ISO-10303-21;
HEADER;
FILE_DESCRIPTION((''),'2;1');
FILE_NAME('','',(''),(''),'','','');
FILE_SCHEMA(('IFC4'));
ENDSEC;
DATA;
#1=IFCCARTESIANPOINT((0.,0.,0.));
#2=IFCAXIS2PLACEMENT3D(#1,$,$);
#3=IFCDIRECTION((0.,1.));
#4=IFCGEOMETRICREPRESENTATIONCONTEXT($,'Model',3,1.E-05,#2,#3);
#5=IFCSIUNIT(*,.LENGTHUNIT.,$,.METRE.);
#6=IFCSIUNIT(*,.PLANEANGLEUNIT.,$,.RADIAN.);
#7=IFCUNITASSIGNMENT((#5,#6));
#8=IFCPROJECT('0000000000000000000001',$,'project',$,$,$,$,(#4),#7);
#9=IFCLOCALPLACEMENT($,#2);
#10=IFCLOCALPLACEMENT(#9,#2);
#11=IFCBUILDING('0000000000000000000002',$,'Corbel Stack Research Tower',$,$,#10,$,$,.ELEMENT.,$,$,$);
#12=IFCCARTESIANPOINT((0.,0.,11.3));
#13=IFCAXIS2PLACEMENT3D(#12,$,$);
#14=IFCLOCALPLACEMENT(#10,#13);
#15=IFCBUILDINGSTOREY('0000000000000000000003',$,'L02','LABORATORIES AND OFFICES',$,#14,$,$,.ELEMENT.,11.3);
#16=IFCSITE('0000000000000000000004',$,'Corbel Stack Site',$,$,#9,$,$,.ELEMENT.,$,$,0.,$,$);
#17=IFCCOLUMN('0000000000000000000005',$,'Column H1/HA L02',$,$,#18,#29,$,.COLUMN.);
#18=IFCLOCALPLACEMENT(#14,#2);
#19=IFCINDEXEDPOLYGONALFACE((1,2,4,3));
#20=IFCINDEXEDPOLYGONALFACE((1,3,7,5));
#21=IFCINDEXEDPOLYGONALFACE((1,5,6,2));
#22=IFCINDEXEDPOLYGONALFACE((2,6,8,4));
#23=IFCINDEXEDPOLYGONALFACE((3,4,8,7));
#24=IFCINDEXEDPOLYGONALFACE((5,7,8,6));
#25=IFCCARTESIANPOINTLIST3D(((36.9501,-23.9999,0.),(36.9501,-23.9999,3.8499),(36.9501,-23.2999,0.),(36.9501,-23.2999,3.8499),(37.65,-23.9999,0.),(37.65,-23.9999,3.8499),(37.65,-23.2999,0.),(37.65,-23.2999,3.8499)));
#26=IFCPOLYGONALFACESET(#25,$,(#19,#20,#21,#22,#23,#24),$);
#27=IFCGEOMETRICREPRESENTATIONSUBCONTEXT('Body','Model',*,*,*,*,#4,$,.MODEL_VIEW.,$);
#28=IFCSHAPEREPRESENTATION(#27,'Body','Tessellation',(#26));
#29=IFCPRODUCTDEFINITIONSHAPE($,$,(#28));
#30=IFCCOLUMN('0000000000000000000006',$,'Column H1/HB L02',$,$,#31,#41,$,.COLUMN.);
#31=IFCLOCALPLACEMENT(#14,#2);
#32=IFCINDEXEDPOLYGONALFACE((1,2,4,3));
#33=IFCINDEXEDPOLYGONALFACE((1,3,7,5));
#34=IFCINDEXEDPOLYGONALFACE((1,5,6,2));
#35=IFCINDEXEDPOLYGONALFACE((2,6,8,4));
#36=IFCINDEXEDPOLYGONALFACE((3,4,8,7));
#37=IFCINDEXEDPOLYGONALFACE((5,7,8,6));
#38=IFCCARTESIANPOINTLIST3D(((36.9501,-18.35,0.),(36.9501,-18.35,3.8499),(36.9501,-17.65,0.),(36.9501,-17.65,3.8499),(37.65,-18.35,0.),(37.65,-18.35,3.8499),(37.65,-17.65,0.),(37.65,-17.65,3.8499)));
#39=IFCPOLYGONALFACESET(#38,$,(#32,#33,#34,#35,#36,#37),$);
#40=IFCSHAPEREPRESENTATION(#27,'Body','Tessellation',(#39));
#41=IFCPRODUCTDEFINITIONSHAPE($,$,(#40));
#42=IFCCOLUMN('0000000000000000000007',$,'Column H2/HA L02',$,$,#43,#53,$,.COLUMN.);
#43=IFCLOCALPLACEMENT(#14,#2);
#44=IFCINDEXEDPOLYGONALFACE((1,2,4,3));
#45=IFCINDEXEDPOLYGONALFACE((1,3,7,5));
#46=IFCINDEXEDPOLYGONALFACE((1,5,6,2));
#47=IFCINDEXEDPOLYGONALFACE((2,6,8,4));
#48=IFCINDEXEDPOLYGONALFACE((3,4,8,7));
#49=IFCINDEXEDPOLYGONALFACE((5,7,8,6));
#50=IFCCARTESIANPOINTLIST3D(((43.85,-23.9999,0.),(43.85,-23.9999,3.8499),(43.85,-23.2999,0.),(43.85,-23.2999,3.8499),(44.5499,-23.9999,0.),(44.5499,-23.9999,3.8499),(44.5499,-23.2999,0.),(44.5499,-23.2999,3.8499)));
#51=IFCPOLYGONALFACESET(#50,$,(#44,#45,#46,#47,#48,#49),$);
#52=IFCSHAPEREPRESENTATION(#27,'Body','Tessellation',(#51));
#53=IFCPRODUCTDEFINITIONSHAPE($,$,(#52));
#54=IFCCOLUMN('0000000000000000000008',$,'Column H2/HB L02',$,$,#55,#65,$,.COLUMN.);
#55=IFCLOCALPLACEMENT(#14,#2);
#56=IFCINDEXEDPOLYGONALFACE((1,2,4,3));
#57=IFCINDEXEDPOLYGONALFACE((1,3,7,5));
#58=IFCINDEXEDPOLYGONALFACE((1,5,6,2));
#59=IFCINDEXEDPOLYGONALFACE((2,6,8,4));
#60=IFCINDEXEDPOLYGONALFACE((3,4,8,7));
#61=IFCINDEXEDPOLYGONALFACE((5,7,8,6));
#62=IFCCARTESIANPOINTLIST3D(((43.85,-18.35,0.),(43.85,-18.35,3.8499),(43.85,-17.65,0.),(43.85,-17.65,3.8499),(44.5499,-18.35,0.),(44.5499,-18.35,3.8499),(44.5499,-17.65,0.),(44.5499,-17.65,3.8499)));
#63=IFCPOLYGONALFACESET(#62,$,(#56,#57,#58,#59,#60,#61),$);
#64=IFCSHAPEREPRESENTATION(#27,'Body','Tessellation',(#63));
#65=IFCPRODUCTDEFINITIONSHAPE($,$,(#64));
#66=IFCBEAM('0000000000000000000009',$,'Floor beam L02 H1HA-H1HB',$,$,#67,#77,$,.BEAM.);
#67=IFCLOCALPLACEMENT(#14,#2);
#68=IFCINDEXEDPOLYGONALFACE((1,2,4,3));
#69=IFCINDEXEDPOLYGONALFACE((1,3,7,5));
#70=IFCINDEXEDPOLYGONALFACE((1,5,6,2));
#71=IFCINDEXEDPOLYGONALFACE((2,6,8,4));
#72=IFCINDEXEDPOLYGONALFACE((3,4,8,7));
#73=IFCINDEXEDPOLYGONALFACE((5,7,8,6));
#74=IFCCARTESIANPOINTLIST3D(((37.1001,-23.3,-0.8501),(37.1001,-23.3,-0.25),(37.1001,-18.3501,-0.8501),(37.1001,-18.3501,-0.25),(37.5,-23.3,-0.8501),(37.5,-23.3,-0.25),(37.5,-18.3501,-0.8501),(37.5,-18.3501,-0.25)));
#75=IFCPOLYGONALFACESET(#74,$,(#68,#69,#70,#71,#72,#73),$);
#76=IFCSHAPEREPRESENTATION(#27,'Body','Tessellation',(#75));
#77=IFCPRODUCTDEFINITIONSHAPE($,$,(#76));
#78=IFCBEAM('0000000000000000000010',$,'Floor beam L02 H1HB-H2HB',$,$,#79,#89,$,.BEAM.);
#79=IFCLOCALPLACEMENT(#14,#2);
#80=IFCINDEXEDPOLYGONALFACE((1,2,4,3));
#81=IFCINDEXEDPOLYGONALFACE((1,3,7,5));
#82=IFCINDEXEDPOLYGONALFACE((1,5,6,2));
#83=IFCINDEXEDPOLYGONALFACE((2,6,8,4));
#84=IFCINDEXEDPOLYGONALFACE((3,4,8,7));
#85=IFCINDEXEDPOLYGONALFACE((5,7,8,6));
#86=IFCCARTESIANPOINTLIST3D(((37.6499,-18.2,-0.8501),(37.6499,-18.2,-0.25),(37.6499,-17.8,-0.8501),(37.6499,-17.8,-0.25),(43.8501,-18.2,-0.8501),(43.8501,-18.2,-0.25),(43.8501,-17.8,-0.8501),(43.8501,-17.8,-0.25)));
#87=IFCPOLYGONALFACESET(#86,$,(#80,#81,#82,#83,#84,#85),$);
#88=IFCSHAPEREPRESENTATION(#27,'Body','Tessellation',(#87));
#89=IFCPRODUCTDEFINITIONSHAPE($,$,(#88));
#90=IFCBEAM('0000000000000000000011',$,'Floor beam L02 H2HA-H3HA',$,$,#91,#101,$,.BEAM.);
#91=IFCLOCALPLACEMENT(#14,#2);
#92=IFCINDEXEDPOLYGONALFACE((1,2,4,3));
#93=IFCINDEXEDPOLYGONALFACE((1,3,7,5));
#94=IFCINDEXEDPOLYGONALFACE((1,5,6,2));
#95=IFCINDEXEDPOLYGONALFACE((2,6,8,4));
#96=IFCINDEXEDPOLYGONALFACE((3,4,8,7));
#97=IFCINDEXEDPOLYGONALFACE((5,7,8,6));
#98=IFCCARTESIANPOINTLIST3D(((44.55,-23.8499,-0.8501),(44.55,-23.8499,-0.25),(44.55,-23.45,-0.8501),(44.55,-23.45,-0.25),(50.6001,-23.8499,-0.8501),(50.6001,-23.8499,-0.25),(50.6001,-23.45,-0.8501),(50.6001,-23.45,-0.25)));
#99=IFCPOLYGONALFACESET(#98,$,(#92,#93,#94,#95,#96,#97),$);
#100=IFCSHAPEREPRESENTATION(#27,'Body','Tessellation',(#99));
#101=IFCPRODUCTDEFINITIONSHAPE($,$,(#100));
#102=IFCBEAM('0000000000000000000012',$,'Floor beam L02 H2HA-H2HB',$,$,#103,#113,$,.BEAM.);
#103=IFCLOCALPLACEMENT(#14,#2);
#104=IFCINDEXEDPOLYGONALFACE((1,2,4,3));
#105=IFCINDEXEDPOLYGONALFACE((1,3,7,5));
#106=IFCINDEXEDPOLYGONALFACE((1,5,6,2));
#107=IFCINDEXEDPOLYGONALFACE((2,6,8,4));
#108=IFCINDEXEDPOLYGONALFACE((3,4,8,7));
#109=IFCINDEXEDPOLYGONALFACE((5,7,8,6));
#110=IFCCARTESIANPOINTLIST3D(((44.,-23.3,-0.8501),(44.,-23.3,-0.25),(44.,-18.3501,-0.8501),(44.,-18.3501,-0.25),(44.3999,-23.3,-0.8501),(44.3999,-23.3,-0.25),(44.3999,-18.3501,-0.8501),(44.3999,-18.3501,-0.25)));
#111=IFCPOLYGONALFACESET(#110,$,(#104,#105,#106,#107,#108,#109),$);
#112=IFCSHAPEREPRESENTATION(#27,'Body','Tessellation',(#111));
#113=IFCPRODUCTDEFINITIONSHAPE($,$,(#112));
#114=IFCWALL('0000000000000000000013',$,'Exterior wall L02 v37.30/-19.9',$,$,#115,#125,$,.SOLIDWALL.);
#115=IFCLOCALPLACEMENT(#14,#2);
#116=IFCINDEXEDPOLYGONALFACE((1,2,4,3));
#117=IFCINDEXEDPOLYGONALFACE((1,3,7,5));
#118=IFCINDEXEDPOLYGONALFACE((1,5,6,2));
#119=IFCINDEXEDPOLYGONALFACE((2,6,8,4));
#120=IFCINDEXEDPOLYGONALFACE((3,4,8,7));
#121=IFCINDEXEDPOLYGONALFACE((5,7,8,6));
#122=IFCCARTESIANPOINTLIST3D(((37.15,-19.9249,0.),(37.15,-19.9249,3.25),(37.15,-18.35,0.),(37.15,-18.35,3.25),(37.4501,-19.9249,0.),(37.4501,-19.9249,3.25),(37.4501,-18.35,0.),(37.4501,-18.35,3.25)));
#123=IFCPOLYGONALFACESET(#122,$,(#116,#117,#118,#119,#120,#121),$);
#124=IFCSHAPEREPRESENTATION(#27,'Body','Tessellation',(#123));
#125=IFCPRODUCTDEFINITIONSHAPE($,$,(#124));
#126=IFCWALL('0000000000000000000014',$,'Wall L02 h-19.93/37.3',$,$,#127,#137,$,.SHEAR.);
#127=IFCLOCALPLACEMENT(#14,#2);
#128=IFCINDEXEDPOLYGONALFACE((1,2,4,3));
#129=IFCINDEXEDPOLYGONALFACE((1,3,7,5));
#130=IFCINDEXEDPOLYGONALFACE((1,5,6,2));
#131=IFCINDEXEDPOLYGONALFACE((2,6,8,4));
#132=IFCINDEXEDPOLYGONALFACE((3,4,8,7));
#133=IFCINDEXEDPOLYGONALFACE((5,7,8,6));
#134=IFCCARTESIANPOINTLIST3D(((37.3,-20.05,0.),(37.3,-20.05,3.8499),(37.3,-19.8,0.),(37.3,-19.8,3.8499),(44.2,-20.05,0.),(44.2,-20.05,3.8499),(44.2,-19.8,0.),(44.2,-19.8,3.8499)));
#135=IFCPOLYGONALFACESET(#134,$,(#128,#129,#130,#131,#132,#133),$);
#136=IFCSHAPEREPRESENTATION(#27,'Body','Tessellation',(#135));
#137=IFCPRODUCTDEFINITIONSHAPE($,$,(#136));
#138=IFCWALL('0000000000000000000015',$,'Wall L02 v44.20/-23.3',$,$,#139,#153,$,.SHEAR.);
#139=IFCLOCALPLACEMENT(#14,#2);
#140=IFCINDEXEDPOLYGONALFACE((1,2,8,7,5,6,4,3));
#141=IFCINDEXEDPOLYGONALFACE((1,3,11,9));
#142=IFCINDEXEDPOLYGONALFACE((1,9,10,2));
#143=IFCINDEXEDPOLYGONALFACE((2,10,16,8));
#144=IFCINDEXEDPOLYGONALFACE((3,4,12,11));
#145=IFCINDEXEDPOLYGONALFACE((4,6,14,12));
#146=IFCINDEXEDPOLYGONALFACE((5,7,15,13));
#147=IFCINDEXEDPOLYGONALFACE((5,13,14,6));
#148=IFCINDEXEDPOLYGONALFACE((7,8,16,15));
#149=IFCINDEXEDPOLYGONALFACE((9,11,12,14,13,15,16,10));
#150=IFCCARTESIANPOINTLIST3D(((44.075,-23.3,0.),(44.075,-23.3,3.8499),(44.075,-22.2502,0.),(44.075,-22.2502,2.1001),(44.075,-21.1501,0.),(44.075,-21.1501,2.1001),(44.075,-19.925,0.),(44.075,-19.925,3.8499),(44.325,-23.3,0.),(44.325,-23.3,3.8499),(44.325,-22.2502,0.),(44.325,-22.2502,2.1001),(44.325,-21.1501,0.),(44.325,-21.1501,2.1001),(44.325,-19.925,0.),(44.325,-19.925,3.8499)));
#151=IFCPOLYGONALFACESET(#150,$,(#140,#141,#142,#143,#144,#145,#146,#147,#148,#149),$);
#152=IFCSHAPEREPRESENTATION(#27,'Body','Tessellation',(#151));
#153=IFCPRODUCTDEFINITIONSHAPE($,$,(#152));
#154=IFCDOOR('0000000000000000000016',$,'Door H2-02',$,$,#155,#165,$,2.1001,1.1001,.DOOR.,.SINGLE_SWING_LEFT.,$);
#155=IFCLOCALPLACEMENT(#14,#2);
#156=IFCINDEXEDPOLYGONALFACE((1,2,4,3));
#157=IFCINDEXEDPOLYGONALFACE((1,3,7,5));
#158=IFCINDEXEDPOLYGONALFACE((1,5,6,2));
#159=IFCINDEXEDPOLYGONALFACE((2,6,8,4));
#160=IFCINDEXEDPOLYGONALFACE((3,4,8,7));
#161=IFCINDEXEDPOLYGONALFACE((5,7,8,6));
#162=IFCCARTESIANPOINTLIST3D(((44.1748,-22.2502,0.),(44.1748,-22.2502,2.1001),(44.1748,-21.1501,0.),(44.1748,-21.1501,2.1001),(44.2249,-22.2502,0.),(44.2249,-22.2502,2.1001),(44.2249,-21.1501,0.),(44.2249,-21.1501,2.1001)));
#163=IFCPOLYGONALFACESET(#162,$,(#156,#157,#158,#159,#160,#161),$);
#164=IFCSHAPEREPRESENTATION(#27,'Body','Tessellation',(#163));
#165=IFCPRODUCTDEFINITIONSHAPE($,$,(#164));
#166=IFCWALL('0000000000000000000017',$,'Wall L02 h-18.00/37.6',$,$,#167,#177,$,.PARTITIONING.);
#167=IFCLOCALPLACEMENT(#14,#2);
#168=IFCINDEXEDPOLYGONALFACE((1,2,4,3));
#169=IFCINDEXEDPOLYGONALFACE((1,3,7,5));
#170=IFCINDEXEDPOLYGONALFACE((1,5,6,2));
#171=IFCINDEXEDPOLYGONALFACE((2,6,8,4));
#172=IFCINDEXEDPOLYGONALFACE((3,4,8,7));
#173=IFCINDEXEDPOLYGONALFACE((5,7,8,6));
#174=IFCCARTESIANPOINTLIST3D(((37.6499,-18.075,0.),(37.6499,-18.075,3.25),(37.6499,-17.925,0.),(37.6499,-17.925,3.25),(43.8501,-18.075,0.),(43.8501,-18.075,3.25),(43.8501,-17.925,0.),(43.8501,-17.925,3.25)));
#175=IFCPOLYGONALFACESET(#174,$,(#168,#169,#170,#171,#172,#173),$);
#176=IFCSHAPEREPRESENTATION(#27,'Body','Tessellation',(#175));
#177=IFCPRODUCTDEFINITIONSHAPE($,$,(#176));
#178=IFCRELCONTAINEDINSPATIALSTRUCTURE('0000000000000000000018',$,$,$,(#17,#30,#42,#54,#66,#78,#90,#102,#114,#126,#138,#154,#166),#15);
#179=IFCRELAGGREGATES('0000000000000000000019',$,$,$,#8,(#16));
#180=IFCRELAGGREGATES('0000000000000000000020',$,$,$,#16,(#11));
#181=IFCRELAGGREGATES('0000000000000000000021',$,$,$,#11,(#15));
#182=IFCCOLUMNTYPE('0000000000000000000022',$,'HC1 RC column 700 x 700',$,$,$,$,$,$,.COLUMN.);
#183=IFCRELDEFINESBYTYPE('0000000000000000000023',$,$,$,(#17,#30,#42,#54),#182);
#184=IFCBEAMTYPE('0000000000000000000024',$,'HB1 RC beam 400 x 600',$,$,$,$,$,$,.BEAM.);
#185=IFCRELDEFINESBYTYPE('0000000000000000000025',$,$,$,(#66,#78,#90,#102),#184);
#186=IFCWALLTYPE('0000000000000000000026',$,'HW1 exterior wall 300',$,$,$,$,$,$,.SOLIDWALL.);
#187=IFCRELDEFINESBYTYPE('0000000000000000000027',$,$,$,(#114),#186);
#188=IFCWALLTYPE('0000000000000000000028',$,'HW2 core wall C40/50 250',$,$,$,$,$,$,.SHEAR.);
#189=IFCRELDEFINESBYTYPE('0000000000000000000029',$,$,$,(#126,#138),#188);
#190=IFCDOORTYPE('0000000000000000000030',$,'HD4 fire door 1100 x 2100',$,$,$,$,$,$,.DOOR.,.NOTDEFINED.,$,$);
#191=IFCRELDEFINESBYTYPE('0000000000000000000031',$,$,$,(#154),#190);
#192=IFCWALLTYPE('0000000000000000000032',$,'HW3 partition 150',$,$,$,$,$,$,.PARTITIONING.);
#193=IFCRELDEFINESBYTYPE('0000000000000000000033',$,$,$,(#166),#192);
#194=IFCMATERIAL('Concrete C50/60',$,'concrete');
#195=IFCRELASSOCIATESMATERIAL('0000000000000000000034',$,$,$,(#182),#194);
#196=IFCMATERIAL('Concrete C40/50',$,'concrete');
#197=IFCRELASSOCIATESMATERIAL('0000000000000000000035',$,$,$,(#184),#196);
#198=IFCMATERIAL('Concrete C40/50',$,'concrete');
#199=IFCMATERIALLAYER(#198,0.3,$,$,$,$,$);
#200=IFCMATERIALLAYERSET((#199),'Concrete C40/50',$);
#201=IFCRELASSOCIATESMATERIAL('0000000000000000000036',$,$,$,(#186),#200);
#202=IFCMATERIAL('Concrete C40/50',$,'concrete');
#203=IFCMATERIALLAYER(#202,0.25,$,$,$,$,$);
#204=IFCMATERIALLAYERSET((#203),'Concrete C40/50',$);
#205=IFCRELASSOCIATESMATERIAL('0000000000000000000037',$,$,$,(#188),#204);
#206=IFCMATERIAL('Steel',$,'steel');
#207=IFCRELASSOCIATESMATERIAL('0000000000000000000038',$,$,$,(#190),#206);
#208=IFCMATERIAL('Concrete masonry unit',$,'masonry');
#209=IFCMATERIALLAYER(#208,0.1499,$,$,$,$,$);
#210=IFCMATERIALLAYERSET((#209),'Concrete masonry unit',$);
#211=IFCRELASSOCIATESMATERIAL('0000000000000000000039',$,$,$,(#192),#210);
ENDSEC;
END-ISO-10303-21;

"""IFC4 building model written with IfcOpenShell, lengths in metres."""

from ifc_helpers import new_model, si_unit, direction, frame, frame_2d, origin, origin_2d, place, context, subcontext, project, spatial, rectangle, extrude, material, layer, layer_set, material_profile, profile_set, type_object, element, fill, save


model = new_model("IFC4")

# Units and contexts
model_context = context("Model", 3, precision=1e-05, world=origin(), true_north=direction((0.0, 1.0)))
body_context = subcontext(model_context, "Body", "Model", "MODEL_VIEW")
ifc_project = project(units=[si_unit("LENGTHUNIT", "METRE"), si_unit("PLANEANGLEUNIT", "RADIAN")], contexts=[model_context])

# Site, building, storey
site_placement = place(None, origin())
site = spatial("IfcSite", under=ifc_project, at=site_placement, Name="Corbel Stack Site", CompositionType="ELEMENT", RefElevation=0.0)
building_placement = place(site_placement, origin())
building = spatial("IfcBuilding", under=site, at=building_placement, Name="Corbel Stack Research Tower", CompositionType="ELEMENT")
storey_placement = place(building_placement, frame((0.0, 0.0, 11.3)))
storey = spatial("IfcBuildingStorey", under=building, at=storey_placement, Name="L02", Description="LABORATORIES AND OFFICES", CompositionType="ELEMENT", Elevation=11.3)

# Columns
ifc_material_1 = material(Name="Concrete C50/60", Category="concrete")
ifc_material_profile_1 = material_profile(ifc_material_1, rectangle(XDim=0.7, YDim=0.7, at=origin_2d()), Name="RC 700 x 700")
ifc_profile_set_1 = profile_set([ifc_material_profile_1], Name="Concrete C50/60")
column_type = type_object("IfcColumnType", Name="HC1 RC column 700 x 700", PredefinedType="COLUMN", material=ifc_profile_set_1)
for number, where, z_axis, x_axis, name in (
    (1, (37.3, -23.6499, 0.0), (0.0, 0.0, 1.0), (1.0, 0.0, 0.0), "Column H1/HA L02"),
    (2, (37.3, -18.0, 0.0), (0.0, 0.0, 1.0), (1.0, 0.0, 0.0), "Column H1/HB L02"),
    (3, (44.2, -23.6499, 0.0), (0.0, 0.0, 1.0), (1.0, 0.0, 0.0), "Column H2/HA L02"),
    (4, (44.2, -18.0, 0.0), (0.0, 0.0, 1.0), (1.0, 0.0, 0.0), "Column H2/HB L02"),
):
    element("IfcColumn", number, at=place(storey_placement, frame(where, z_axis=z_axis, x_axis=x_axis)), inside=storey, type_object=column_type, Name=name, PredefinedType="COLUMN", context=body_context, shape_type="SweptSolid", body=[
        extrude(rectangle(XDim=0.7, YDim=0.7, at=origin_2d()), origin(), (0.0, 0.0, 1.0), 3.8499),
    ])

# Beams
ifc_material_2 = material(Name="Concrete C40/50", Category="concrete")
ifc_material_profile_2 = material_profile(ifc_material_2, rectangle(XDim=0.3999, YDim=0.6001, at=origin_2d()), Name="RC 400 x 600")
ifc_profile_set_2 = profile_set([ifc_material_profile_2], Name="Concrete C40/50")
beam_type = type_object("IfcBeamType", Name="HB1 RC beam 400 x 600", PredefinedType="BEAM", material=ifc_profile_set_2)
beam_1_placement = place(storey_placement, frame((37.3, -23.3, -0.55), z_axis=(0.0, 1.0, 0.0), x_axis=(-1.0, 0.0, 0.0)))
element("IfcBeam", 5, at=beam_1_placement, inside=storey, type_object=beam_type, Name="Floor beam L02 H1HA-H1HB", PredefinedType="BEAM", context=body_context, shape_type="SweptSolid", body=[
    extrude(rectangle(XDim=0.3999, YDim=0.6001, at=origin_2d()), origin(), (0.0, 0.0, 1.0), 4.95),
])
beam_2_placement = place(storey_placement, frame((37.6499, -18.0, -0.55), z_axis=(1.0, 0.0, 0.0), x_axis=(0.0, 1.0, 0.0)))
element("IfcBeam", 6, at=beam_2_placement, inside=storey, type_object=beam_type, Name="Floor beam L02 H1HB-H2HB", PredefinedType="BEAM", context=body_context, shape_type="SweptSolid", body=[
    extrude(rectangle(XDim=0.3999, YDim=0.6001, at=origin_2d()), origin(), (0.0, 0.0, 1.0), 6.2002),
])
beam_3_placement = place(storey_placement, frame((44.55, -23.6499, -0.55), z_axis=(1.0, 0.0, 0.0), x_axis=(0.0, 1.0, 0.0)))
element("IfcBeam", 7, at=beam_3_placement, inside=storey, type_object=beam_type, Name="Floor beam L02 H2HA-H3HA", PredefinedType="BEAM", context=body_context, shape_type="SweptSolid", body=[
    extrude(rectangle(XDim=0.3999, YDim=0.6001, at=origin_2d()), origin(), (0.0, 0.0, 1.0), 6.05),
])
beam_4_placement = place(storey_placement, frame((44.2, -23.3, -0.55), z_axis=(0.0, 1.0, 0.0), x_axis=(-1.0, 0.0, 0.0)))
element("IfcBeam", 8, at=beam_4_placement, inside=storey, type_object=beam_type, Name="Floor beam L02 H2HA-H2HB", PredefinedType="BEAM", context=body_context, shape_type="SweptSolid", body=[
    extrude(rectangle(XDim=0.3999, YDim=0.6001, at=origin_2d()), origin(), (0.0, 0.0, 1.0), 4.95),
])

# Walls
ifc_material_3 = material(Name="Concrete C40/50", Category="concrete")
ifc_layer_1 = layer(ifc_material_3, 0.3)
ifc_layer_set_1 = layer_set([ifc_layer_1], Name="Concrete C40/50")
wall_type_1 = type_object("IfcWallType", Name="HW1 exterior wall 300", PredefinedType="SOLIDWALL", material=ifc_layer_set_1)
wall_1_placement = place(storey_placement, frame((37.3, -19.925, 0.0), z_axis=(0.0, 0.0, 1.0), x_axis=(0.0, 1.0, 0.0)))
element("IfcWall", 9, at=wall_1_placement, inside=storey, type_object=wall_type_1, Name="Exterior wall L02 v37.30/-19.9", PredefinedType="SOLIDWALL", context=body_context, shape_type="SweptSolid", body=[
    extrude(rectangle(XDim=1.575, YDim=0.3, at=frame_2d((0.7876, 0.0))), origin(), (0.0, 0.0, 1.0), 3.25),
])
ifc_material_4 = material(Name="Concrete C40/50", Category="concrete")
ifc_layer_2 = layer(ifc_material_4, 0.25)
ifc_layer_set_2 = layer_set([ifc_layer_2], Name="Concrete C40/50")
wall_type_2 = type_object("IfcWallType", Name="HW2 core wall C40/50 250", PredefinedType="SHEAR", material=ifc_layer_set_2)
wall_2_placement = place(storey_placement, frame((37.3, -19.925, 0.0), z_axis=(0.0, 0.0, 1.0), x_axis=(1.0, 0.0, 0.0)))
element("IfcWall", 10, at=wall_2_placement, inside=storey, type_object=wall_type_2, Name="Wall L02 h-19.93/37.3", PredefinedType="SHEAR", context=body_context, shape_type="SweptSolid", body=[
    extrude(rectangle(XDim=6.8999, YDim=0.25, at=frame_2d((3.45, 0.0))), origin(), (0.0, 0.0, 1.0), 3.8499),
])

# Wall, opening, door
wall_3_placement = place(storey_placement, frame((44.2, -19.925, 0.0), z_axis=(0.0, 0.0, 1.0), x_axis=(0.0, -1.0, 0.0)))
wall_3 = element("IfcWall", 11, at=wall_3_placement, inside=storey, type_object=wall_type_2, Name="Wall L02 v44.20/-23.3", PredefinedType="SHEAR", context=body_context, shape_type="SweptSolid", body=[
    extrude(rectangle(XDim=3.375, YDim=0.25, at=frame_2d((1.6875, 0.0))), origin(), (0.0, 0.0, 1.0), 3.8499),
])
opening_1_placement = place(wall_3_placement, frame((1.2251, 0.0, 0.0)))
opening_1 = element("IfcOpeningElement", 12, at=opening_1_placement, cuts=wall_3, PredefinedType="OPENING", context=body_context, shape_type="SweptSolid", body=[
    extrude(rectangle(XDim=1.1001, YDim=2.1001, at=frame_2d((0.55, 1.05))), frame((0.0, 0.135, 0.0), z_axis=(0.0, -1.0, 0.0), x_axis=(1.0, 0.0, 0.0)), (0.0, 0.0, 1.0), 0.27),
])
ifc_material_5 = material(Name="Steel", Category="steel")
door_type_1 = type_object("IfcDoorType", Name="HD4 fire door 1100 x 2100", OperationType="NOTDEFINED", PredefinedType="DOOR", material=ifc_material_5)
door_1_placement = place(opening_1_placement, origin())
door_1 = element("IfcDoor", 13, at=door_1_placement, inside=storey, type_object=door_type_1, Name="Door H2-02", OperationType="SINGLE_SWING_LEFT", OverallHeight=2.1001, OverallWidth=1.1001, PredefinedType="DOOR", context=body_context, shape_type="SweptSolid", body=[
    extrude(rectangle(XDim=1.1001, YDim=2.1001, at=frame_2d((0.55, 1.05))), frame((0.0, 0.0249, 0.0), z_axis=(0.0, -1.0, 0.0), x_axis=(1.0, 0.0, 0.0)), (0.0, 0.0, 1.0), 0.05),
])
fill(opening_1, door_1)

# Wall
ifc_material_6 = material(Name="Concrete masonry unit", Category="masonry")
ifc_layer_3 = layer(ifc_material_6, 0.1499)
ifc_layer_set_3 = layer_set([ifc_layer_3], Name="Concrete masonry unit")
wall_type_3 = type_object("IfcWallType", Name="HW3 partition 150", PredefinedType="PARTITIONING", material=ifc_layer_set_3)
wall_4_placement = place(storey_placement, frame((37.6499, -18.0, 0.0), z_axis=(0.0, 0.0, 1.0), x_axis=(1.0, 0.0, 0.0)))
element("IfcWall", 14, at=wall_4_placement, inside=storey, type_object=wall_type_3, Name="Wall L02 h-18.00/37.6", PredefinedType="PARTITIONING", context=body_context, shape_type="SweptSolid", body=[
    extrude(rectangle(XDim=6.2002, YDim=0.1499, at=frame_2d((3.1001, 0.0))), origin(), (0.0, 0.0, 1.0), 3.25),
])

save(model, "model.ifc")
